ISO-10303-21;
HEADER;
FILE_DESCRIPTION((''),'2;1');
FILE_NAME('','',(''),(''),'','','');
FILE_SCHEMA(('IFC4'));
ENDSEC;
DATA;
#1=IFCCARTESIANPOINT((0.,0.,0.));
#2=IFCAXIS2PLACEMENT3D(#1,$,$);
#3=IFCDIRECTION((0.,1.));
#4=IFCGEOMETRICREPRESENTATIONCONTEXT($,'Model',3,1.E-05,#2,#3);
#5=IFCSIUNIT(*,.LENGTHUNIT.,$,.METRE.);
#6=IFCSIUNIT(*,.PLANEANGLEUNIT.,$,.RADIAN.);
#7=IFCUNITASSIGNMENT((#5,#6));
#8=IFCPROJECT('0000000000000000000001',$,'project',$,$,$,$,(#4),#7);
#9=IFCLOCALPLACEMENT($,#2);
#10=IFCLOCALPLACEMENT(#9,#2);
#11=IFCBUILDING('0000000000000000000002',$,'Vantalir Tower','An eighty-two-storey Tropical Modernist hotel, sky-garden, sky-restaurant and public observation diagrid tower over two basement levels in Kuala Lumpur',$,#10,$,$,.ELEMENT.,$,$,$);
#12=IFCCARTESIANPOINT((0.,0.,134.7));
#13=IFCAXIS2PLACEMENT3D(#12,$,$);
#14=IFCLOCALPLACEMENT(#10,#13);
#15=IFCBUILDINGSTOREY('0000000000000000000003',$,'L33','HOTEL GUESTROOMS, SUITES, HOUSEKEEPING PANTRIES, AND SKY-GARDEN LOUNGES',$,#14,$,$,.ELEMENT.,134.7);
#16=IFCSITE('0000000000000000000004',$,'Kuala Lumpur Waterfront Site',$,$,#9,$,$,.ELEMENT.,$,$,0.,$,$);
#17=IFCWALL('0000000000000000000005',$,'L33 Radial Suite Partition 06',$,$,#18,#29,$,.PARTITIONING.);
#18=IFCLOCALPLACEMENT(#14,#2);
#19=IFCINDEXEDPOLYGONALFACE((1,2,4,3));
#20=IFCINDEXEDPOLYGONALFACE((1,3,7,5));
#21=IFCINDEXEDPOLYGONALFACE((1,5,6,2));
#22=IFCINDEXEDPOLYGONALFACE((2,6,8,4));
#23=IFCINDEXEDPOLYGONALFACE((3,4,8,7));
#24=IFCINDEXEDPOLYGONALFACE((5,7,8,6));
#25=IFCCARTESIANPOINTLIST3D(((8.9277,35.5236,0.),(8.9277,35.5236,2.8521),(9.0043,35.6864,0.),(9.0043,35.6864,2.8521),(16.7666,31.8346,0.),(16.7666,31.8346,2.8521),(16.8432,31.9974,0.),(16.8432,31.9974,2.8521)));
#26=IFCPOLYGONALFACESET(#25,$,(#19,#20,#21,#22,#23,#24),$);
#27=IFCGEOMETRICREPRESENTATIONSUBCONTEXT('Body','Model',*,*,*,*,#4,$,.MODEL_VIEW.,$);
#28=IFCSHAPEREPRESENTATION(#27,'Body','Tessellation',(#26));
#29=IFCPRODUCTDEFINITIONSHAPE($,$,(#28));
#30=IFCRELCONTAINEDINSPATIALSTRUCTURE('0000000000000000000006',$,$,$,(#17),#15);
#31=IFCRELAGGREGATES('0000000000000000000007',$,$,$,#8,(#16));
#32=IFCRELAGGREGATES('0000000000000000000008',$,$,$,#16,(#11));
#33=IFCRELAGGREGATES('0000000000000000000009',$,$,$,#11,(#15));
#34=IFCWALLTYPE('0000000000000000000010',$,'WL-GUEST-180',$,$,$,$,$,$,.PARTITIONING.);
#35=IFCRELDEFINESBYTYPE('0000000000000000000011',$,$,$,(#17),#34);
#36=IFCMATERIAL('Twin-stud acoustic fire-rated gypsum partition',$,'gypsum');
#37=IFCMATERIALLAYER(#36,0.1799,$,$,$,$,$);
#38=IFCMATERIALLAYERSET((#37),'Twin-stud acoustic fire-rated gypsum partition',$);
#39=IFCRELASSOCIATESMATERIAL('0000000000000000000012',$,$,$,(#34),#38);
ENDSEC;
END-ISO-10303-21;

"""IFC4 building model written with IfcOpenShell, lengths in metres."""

from ifc_helpers import new_model, si_unit, direction, frame, frame_2d, origin, place, context, subcontext, project, spatial, rectangle, extrude, material, layer, layer_set, type_object, element, save


model = new_model("IFC4")

# Units and contexts
model_context = context("Model", 3, precision=1e-05, world=origin(), true_north=direction((0.0, 1.0)))
body_context = subcontext(model_context, "Body", "Model", "MODEL_VIEW")
ifc_project = project(units=[si_unit("LENGTHUNIT", "METRE"), si_unit("PLANEANGLEUNIT", "RADIAN")], contexts=[model_context])

# Site, building, storey
site_placement = place(None, origin())
site = spatial("IfcSite", under=ifc_project, at=site_placement, Name="Kuala Lumpur Waterfront Site", CompositionType="ELEMENT", RefElevation=0.0)
building_placement = place(site_placement, origin())
building = spatial("IfcBuilding", under=site, at=building_placement, Name="Vantalir Tower", Description="An eighty-two-storey Tropical Modernist hotel, sky-garden, sky-restaurant and public observation diagrid tower over two basement levels in Kuala Lumpur", CompositionType="ELEMENT")
storey_placement = place(building_placement, frame((0.0, 0.0, 134.7)))
storey = spatial("IfcBuildingStorey", under=building, at=storey_placement, Name="L33", Description="HOTEL GUESTROOMS, SUITES, HOUSEKEEPING PANTRIES, AND SKY-GARDEN LOUNGES", CompositionType="ELEMENT", Elevation=134.7)

# Wall
ifc_material_1 = material(Name="Twin-stud acoustic fire-rated gypsum partition", Category="gypsum")
ifc_layer_1 = layer(ifc_material_1, 0.1799)
ifc_layer_set_1 = layer_set([ifc_layer_1], Name="Twin-stud acoustic fire-rated gypsum partition")
wall_type_1 = type_object("IfcWallType", Name="WL-GUEST-180", PredefinedType="PARTITIONING", material=ifc_layer_set_1)
wall_1_placement = place(storey_placement, frame((16.8049, 31.916, 0.0), z_axis=(0.0, 0.0, 1.0), x_axis=(-0.904815, 0.425805, 0.0)))
element("IfcWall", 1, at=wall_1_placement, inside=storey, type_object=wall_type_1, Name="L33 Radial Suite Partition 06", PredefinedType="PARTITIONING", context=body_context, shape_type="SweptSolid", body=[
    extrude(rectangle(XDim=8.6636, YDim=0.1799, at=frame_2d((4.3318, 0.0))), origin(), (0.0, 0.0, 1.0), 2.8521),
])

save(model, "model.ifc")
